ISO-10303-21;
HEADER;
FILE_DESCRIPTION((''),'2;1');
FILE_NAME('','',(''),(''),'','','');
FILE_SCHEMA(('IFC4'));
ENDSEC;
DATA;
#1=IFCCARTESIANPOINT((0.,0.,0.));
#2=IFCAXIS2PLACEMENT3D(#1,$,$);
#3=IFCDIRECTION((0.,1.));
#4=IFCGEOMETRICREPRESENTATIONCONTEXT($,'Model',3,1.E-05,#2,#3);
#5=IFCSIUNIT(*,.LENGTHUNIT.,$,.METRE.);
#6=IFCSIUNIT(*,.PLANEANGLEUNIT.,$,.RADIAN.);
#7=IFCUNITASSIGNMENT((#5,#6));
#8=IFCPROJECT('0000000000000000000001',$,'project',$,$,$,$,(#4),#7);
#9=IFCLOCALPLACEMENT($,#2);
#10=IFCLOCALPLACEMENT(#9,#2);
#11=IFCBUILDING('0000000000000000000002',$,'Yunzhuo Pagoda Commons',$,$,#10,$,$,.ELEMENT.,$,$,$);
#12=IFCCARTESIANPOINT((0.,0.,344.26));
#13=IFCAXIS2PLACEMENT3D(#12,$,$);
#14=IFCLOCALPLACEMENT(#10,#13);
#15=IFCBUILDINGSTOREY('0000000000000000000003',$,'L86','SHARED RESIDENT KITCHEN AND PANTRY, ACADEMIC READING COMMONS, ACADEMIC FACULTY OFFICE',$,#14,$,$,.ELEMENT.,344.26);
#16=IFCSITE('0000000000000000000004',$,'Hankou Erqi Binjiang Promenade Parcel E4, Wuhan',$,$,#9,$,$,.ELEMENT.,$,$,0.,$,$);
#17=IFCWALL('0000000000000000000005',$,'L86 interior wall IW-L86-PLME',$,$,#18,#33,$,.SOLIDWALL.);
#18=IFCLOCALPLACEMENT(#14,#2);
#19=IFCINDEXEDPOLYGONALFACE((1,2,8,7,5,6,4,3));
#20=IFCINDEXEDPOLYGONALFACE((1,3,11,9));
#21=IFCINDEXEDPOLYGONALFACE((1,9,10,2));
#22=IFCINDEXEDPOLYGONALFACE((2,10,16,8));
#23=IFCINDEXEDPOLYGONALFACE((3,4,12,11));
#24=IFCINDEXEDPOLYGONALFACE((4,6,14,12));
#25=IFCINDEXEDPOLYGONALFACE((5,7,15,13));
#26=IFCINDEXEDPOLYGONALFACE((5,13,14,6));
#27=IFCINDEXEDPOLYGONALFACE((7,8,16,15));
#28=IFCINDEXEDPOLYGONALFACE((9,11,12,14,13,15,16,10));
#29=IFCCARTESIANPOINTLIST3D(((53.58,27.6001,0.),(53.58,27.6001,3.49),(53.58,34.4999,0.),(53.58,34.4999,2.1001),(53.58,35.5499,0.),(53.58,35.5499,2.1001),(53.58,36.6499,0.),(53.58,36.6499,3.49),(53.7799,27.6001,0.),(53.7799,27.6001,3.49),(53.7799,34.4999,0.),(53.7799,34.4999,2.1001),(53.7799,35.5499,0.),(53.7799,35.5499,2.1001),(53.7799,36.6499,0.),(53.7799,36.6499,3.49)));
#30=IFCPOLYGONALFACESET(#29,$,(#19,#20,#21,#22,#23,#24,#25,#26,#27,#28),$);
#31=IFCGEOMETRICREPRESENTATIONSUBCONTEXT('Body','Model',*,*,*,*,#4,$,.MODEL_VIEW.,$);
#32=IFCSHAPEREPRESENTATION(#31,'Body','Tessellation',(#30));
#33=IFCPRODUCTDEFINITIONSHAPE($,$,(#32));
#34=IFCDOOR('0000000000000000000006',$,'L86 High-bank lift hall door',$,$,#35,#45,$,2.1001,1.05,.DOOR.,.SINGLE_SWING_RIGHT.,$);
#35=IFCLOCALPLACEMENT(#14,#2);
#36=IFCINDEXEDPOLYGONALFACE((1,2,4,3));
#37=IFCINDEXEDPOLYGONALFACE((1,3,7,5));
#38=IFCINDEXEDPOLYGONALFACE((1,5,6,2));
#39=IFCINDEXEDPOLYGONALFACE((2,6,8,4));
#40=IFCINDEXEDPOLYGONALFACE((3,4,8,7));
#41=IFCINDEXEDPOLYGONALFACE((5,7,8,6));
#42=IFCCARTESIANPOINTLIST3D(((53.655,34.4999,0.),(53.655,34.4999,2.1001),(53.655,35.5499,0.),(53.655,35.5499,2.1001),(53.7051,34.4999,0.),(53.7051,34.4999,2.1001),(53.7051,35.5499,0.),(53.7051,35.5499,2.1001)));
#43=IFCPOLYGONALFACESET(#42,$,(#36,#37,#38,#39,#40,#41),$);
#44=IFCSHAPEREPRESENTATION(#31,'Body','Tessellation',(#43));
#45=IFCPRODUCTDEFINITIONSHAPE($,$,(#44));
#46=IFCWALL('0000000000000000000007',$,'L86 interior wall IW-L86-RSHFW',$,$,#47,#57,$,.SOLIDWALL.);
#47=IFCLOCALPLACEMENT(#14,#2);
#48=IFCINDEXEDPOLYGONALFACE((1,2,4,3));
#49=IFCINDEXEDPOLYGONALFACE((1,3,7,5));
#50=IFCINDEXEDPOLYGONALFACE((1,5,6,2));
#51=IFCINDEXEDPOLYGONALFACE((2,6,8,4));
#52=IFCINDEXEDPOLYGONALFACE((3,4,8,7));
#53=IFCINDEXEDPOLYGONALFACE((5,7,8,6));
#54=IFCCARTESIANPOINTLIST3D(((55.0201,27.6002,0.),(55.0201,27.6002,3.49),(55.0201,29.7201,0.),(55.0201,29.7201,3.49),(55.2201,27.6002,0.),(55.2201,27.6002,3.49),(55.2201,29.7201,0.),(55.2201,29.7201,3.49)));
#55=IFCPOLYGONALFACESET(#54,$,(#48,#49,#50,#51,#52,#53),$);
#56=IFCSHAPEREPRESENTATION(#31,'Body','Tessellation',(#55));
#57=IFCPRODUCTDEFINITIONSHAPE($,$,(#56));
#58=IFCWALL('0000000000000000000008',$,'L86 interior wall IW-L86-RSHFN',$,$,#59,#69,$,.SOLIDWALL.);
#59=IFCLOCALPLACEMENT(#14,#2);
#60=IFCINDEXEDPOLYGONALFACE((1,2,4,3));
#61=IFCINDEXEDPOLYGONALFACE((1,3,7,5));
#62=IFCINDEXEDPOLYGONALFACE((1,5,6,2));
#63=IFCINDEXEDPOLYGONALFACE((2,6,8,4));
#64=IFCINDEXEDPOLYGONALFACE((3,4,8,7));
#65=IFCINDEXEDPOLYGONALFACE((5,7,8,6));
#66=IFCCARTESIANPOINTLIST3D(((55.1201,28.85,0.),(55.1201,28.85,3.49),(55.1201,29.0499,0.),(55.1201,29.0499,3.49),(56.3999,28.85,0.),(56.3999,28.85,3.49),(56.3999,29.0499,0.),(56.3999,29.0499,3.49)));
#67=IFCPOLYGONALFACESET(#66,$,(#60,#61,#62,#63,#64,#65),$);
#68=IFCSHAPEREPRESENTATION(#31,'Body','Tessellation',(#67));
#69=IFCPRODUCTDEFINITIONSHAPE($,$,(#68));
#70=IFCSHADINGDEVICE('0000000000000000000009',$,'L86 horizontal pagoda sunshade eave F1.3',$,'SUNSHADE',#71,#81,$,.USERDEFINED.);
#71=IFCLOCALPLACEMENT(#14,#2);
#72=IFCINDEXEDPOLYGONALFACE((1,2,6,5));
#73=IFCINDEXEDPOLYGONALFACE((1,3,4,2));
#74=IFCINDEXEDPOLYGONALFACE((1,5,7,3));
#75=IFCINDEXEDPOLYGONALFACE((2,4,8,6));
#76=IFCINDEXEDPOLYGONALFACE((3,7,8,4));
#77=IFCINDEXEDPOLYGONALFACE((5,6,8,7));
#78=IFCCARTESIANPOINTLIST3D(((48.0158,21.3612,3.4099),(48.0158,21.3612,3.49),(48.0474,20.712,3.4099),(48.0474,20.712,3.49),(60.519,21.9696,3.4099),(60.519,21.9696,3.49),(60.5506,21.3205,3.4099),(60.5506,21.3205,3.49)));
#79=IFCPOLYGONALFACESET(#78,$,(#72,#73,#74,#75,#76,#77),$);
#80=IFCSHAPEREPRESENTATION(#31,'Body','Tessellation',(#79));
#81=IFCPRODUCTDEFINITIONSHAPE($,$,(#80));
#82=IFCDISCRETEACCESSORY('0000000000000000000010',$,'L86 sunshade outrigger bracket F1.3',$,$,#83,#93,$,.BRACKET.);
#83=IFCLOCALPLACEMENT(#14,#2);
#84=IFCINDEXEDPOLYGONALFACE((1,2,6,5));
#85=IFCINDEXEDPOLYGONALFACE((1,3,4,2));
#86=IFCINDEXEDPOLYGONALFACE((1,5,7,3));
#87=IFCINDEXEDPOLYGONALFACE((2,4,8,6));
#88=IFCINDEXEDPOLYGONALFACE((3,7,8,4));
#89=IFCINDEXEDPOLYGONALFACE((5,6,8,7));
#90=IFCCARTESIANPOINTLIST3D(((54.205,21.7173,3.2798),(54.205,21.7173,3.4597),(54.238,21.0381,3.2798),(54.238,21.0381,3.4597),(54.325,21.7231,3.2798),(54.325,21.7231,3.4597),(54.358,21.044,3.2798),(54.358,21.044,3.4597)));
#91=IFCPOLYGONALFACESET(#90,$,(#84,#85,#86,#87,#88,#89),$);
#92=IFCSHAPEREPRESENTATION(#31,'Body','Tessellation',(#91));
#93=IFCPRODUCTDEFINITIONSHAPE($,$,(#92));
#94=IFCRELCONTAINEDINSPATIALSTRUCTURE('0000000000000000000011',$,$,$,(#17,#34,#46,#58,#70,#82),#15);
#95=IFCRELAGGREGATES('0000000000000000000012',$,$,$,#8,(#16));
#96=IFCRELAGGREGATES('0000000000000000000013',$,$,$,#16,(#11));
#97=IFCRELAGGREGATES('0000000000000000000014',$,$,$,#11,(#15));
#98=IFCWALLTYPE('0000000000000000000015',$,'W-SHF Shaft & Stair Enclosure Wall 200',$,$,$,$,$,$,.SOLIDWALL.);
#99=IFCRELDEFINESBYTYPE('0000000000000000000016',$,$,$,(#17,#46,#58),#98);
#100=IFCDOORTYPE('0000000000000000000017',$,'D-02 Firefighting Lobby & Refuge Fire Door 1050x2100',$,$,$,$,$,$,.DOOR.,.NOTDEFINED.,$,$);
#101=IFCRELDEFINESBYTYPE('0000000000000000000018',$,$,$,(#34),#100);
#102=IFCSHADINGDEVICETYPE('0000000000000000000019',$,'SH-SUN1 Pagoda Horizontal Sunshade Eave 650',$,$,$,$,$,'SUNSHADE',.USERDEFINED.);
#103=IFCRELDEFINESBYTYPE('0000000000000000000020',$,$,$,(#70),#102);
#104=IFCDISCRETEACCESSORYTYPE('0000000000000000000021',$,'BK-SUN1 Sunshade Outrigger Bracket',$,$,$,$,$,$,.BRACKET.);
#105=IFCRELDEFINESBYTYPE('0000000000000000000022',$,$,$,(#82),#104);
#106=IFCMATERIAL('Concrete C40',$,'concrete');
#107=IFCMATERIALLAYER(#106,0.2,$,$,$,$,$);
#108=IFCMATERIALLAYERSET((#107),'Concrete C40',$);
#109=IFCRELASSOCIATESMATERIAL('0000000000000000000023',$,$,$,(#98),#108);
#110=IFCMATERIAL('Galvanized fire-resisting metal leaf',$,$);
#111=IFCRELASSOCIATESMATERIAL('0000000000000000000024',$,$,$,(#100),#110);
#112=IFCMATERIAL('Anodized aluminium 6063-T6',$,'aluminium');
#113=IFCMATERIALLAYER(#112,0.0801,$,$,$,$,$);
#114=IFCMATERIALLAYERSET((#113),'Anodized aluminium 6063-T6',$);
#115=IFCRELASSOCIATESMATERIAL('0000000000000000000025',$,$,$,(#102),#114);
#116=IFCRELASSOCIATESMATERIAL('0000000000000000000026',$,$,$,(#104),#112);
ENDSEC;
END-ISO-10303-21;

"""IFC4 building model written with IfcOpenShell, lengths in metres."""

from ifc_helpers import new_model, si_unit, direction, frame, frame_2d, origin, origin_with_axes, origin_2d, place, context, subcontext, project, spatial, rectangle, extrude, source, transform, mapped, material, layer, layer_set, type_object, element, fill, save


model = new_model("IFC4")

# Units and contexts
model_context = context("Model", 3, precision=1e-05, world=origin(), true_north=direction((0.0, 1.0)))
body_context = subcontext(model_context, "Body", "Model", "MODEL_VIEW")
ifc_project = project(units=[si_unit("LENGTHUNIT", "METRE"), si_unit("PLANEANGLEUNIT", "RADIAN")], contexts=[model_context])

# Site, building, storey
site_placement = place(None, origin())
site = spatial("IfcSite", under=ifc_project, at=site_placement, Name="Hankou Erqi Binjiang Promenade Parcel E4, Wuhan", CompositionType="ELEMENT", RefElevation=0.0)
building_placement = place(site_placement, origin())
building = spatial("IfcBuilding", under=site, at=building_placement, Name="Yunzhuo Pagoda Commons", CompositionType="ELEMENT")
storey_placement = place(building_placement, frame((0.0, 0.0, 344.26)))
storey = spatial("IfcBuildingStorey", under=building, at=storey_placement, Name="L86", Description="SHARED RESIDENT KITCHEN AND PANTRY, ACADEMIC READING COMMONS, ACADEMIC FACULTY OFFICE", CompositionType="ELEMENT", Elevation=344.26)

# Shared definitions
ifc_material_1 = material(Name="Anodized aluminium 6063-T6", Category="aluminium")

# Wall, opening, door
ifc_material_2 = material(Name="Galvanized fire-resisting metal leaf")
ifc_material_3 = material(Name="Concrete C40", Category="concrete")
ifc_layer_1 = layer(ifc_material_3, 0.2)
ifc_layer_set_1 = layer_set([ifc_layer_1], Name="Concrete C40")
wall_type_1 = type_object("IfcWallType", Name="W-SHF Shaft & Stair Enclosure Wall 200", PredefinedType="SOLIDWALL", material=ifc_layer_set_1)
wall_1_placement = place(storey_placement, frame((53.6799, 27.6001, 0.0), z_axis=(0.0, 0.0, 1.0), x_axis=(0.0, 1.0, 0.0)))
wall_1 = element("IfcWall", 1, at=wall_1_placement, inside=storey, type_object=wall_type_1, Name="L86 interior wall IW-L86-PLME", PredefinedType="SOLIDWALL", context=body_context, shape_type="SweptSolid", body=[
    extrude(rectangle(XDim=9.0498, YDim=0.2, at=frame_2d((4.5249, 0.0))), origin(), (0.0, 0.0, 1.0), 3.49),
])
opening_1_placement = place(wall_1_placement, frame((6.8999, 0.0, 0.0)))
opening_1 = element("IfcOpeningElement", 2, at=opening_1_placement, cuts=wall_1, PredefinedType="OPENING", context=body_context, shape_type="SweptSolid", body=[
    extrude(rectangle(XDim=1.05, YDim=2.1001, at=frame_2d((0.5249, 1.05))), frame((0.0, 0.1099, 0.0), z_axis=(0.0, -1.0, 0.0), x_axis=(1.0, 0.0, 0.0)), (0.0, 0.0, 1.0), 0.22),
])
door_type_1 = type_object("IfcDoorType", Name="D-02 Firefighting Lobby & Refuge Fire Door 1050x2100", OperationType="NOTDEFINED", PredefinedType="DOOR", material=ifc_material_2)
shared_shape_1 = source(origin(), body_context, "Body", "SweptSolid", [
    extrude(rectangle(XDim=1.05, YDim=2.1001, at=frame_2d((0.5249, 1.05))), frame((0.0, 0.0249, 0.0), z_axis=(0.0, -1.0, 0.0), x_axis=(1.0, 0.0, 0.0)), (0.0, 0.0, 1.0), 0.05),
])
door_1_placement = place(opening_1_placement, origin_with_axes())
door_1 = element("IfcDoor", 3, at=door_1_placement, inside=storey, type_object=door_type_1, Name="L86 High-bank lift hall door", OperationType="SINGLE_SWING_RIGHT", OverallHeight=2.1001, OverallWidth=1.05, PredefinedType="DOOR", context=body_context, shape_type="MappedRepresentation", body=[
    mapped(shared_shape_1, transform((0.0, 0.0, 0.0), scale=1.0)),
])
fill(opening_1, door_1)

# Walls
wall_2_placement = place(storey_placement, frame((55.1201, 27.6001, 0.0), z_axis=(0.0, 0.0, 1.0), x_axis=(0.0, 1.0, 0.0)))
element("IfcWall", 4, at=wall_2_placement, inside=storey, type_object=wall_type_1, Name="L86 interior wall IW-L86-RSHFW", PredefinedType="SOLIDWALL", context=body_context, shape_type="SweptSolid", body=[
    extrude(rectangle(XDim=2.1199, YDim=0.2, at=frame_2d((1.0601, 0.0))), origin(), (0.0, 0.0, 1.0), 3.49),
])
wall_3_placement = place(storey_placement, frame((55.1201, 28.95, 0.0), z_axis=(0.0, 0.0, 1.0), x_axis=(1.0, 0.0, 0.0)))
element("IfcWall", 5, at=wall_3_placement, inside=storey, type_object=wall_type_1, Name="L86 interior wall IW-L86-RSHFN", PredefinedType="SOLIDWALL", context=body_context, shape_type="SweptSolid", body=[
    extrude(rectangle(XDim=1.2798, YDim=0.2, at=frame_2d((0.6399, 0.0))), origin(), (0.0, 0.0, 1.0), 3.49),
])

# Shading device
ifc_layer_2 = layer(ifc_material_1, 0.0801)
ifc_layer_set_2 = layer_set([ifc_layer_2], Name="Anodized aluminium 6063-T6")
shading_device_type = type_object("IfcShadingDeviceType", Name="SH-SUN1 Pagoda Horizontal Sunshade Eave 650", ElementType="SUNSHADE", PredefinedType="USERDEFINED", material=ifc_layer_set_2)
shared_shape_2 = source(origin(), body_context, "Body", "SweptSolid", [
    extrude(rectangle(XDim=12.5181, YDim=0.6499, at=origin_2d()), origin(), (0.0, 0.0, 1.0), 0.0801),
])
shading_device_placement = place(storey_placement, frame((54.2832, 21.3408, 3.4099), z_axis=(0.0, 0.0, 1.0), x_axis=(0.998818, 0.048606, 0.0)))
element("IfcShadingDevice", 6, at=shading_device_placement, inside=storey, type_object=shading_device_type, Name="L86 horizontal pagoda sunshade eave F1.3", ObjectType="SUNSHADE", PredefinedType="USERDEFINED", context=body_context, shape_type="MappedRepresentation", body=[
    mapped(shared_shape_2, transform((0.0, 0.0, 0.0), scale=1.0)),
])

# Discrete accessory
discrete_accessory_type = type_object("IfcDiscreteAccessoryType", Name="BK-SUN1 Sunshade Outrigger Bracket", PredefinedType="BRACKET", material=ifc_material_1)
shared_shape_3 = source(origin(), body_context, "Body", "SweptSolid", [
    extrude(rectangle(XDim=0.1201, YDim=0.6799, at=origin_2d()), origin(), (0.0, 0.0, 1.0), 0.1799),
])
discrete_accessory_placement = place(storey_placement, frame((54.2815, 21.3806, 3.2798), z_axis=(0.0, 0.0, 1.0), x_axis=(0.998818, 0.048606, 0.0)))
element("IfcDiscreteAccessory", 7, at=discrete_accessory_placement, inside=storey, type_object=discrete_accessory_type, Name="L86 sunshade outrigger bracket F1.3", PredefinedType="BRACKET", context=body_context, shape_type="MappedRepresentation", body=[
    mapped(shared_shape_3, transform((0.0, 0.0, 0.0), scale=1.0)),
])

save(model, "model.ifc")
